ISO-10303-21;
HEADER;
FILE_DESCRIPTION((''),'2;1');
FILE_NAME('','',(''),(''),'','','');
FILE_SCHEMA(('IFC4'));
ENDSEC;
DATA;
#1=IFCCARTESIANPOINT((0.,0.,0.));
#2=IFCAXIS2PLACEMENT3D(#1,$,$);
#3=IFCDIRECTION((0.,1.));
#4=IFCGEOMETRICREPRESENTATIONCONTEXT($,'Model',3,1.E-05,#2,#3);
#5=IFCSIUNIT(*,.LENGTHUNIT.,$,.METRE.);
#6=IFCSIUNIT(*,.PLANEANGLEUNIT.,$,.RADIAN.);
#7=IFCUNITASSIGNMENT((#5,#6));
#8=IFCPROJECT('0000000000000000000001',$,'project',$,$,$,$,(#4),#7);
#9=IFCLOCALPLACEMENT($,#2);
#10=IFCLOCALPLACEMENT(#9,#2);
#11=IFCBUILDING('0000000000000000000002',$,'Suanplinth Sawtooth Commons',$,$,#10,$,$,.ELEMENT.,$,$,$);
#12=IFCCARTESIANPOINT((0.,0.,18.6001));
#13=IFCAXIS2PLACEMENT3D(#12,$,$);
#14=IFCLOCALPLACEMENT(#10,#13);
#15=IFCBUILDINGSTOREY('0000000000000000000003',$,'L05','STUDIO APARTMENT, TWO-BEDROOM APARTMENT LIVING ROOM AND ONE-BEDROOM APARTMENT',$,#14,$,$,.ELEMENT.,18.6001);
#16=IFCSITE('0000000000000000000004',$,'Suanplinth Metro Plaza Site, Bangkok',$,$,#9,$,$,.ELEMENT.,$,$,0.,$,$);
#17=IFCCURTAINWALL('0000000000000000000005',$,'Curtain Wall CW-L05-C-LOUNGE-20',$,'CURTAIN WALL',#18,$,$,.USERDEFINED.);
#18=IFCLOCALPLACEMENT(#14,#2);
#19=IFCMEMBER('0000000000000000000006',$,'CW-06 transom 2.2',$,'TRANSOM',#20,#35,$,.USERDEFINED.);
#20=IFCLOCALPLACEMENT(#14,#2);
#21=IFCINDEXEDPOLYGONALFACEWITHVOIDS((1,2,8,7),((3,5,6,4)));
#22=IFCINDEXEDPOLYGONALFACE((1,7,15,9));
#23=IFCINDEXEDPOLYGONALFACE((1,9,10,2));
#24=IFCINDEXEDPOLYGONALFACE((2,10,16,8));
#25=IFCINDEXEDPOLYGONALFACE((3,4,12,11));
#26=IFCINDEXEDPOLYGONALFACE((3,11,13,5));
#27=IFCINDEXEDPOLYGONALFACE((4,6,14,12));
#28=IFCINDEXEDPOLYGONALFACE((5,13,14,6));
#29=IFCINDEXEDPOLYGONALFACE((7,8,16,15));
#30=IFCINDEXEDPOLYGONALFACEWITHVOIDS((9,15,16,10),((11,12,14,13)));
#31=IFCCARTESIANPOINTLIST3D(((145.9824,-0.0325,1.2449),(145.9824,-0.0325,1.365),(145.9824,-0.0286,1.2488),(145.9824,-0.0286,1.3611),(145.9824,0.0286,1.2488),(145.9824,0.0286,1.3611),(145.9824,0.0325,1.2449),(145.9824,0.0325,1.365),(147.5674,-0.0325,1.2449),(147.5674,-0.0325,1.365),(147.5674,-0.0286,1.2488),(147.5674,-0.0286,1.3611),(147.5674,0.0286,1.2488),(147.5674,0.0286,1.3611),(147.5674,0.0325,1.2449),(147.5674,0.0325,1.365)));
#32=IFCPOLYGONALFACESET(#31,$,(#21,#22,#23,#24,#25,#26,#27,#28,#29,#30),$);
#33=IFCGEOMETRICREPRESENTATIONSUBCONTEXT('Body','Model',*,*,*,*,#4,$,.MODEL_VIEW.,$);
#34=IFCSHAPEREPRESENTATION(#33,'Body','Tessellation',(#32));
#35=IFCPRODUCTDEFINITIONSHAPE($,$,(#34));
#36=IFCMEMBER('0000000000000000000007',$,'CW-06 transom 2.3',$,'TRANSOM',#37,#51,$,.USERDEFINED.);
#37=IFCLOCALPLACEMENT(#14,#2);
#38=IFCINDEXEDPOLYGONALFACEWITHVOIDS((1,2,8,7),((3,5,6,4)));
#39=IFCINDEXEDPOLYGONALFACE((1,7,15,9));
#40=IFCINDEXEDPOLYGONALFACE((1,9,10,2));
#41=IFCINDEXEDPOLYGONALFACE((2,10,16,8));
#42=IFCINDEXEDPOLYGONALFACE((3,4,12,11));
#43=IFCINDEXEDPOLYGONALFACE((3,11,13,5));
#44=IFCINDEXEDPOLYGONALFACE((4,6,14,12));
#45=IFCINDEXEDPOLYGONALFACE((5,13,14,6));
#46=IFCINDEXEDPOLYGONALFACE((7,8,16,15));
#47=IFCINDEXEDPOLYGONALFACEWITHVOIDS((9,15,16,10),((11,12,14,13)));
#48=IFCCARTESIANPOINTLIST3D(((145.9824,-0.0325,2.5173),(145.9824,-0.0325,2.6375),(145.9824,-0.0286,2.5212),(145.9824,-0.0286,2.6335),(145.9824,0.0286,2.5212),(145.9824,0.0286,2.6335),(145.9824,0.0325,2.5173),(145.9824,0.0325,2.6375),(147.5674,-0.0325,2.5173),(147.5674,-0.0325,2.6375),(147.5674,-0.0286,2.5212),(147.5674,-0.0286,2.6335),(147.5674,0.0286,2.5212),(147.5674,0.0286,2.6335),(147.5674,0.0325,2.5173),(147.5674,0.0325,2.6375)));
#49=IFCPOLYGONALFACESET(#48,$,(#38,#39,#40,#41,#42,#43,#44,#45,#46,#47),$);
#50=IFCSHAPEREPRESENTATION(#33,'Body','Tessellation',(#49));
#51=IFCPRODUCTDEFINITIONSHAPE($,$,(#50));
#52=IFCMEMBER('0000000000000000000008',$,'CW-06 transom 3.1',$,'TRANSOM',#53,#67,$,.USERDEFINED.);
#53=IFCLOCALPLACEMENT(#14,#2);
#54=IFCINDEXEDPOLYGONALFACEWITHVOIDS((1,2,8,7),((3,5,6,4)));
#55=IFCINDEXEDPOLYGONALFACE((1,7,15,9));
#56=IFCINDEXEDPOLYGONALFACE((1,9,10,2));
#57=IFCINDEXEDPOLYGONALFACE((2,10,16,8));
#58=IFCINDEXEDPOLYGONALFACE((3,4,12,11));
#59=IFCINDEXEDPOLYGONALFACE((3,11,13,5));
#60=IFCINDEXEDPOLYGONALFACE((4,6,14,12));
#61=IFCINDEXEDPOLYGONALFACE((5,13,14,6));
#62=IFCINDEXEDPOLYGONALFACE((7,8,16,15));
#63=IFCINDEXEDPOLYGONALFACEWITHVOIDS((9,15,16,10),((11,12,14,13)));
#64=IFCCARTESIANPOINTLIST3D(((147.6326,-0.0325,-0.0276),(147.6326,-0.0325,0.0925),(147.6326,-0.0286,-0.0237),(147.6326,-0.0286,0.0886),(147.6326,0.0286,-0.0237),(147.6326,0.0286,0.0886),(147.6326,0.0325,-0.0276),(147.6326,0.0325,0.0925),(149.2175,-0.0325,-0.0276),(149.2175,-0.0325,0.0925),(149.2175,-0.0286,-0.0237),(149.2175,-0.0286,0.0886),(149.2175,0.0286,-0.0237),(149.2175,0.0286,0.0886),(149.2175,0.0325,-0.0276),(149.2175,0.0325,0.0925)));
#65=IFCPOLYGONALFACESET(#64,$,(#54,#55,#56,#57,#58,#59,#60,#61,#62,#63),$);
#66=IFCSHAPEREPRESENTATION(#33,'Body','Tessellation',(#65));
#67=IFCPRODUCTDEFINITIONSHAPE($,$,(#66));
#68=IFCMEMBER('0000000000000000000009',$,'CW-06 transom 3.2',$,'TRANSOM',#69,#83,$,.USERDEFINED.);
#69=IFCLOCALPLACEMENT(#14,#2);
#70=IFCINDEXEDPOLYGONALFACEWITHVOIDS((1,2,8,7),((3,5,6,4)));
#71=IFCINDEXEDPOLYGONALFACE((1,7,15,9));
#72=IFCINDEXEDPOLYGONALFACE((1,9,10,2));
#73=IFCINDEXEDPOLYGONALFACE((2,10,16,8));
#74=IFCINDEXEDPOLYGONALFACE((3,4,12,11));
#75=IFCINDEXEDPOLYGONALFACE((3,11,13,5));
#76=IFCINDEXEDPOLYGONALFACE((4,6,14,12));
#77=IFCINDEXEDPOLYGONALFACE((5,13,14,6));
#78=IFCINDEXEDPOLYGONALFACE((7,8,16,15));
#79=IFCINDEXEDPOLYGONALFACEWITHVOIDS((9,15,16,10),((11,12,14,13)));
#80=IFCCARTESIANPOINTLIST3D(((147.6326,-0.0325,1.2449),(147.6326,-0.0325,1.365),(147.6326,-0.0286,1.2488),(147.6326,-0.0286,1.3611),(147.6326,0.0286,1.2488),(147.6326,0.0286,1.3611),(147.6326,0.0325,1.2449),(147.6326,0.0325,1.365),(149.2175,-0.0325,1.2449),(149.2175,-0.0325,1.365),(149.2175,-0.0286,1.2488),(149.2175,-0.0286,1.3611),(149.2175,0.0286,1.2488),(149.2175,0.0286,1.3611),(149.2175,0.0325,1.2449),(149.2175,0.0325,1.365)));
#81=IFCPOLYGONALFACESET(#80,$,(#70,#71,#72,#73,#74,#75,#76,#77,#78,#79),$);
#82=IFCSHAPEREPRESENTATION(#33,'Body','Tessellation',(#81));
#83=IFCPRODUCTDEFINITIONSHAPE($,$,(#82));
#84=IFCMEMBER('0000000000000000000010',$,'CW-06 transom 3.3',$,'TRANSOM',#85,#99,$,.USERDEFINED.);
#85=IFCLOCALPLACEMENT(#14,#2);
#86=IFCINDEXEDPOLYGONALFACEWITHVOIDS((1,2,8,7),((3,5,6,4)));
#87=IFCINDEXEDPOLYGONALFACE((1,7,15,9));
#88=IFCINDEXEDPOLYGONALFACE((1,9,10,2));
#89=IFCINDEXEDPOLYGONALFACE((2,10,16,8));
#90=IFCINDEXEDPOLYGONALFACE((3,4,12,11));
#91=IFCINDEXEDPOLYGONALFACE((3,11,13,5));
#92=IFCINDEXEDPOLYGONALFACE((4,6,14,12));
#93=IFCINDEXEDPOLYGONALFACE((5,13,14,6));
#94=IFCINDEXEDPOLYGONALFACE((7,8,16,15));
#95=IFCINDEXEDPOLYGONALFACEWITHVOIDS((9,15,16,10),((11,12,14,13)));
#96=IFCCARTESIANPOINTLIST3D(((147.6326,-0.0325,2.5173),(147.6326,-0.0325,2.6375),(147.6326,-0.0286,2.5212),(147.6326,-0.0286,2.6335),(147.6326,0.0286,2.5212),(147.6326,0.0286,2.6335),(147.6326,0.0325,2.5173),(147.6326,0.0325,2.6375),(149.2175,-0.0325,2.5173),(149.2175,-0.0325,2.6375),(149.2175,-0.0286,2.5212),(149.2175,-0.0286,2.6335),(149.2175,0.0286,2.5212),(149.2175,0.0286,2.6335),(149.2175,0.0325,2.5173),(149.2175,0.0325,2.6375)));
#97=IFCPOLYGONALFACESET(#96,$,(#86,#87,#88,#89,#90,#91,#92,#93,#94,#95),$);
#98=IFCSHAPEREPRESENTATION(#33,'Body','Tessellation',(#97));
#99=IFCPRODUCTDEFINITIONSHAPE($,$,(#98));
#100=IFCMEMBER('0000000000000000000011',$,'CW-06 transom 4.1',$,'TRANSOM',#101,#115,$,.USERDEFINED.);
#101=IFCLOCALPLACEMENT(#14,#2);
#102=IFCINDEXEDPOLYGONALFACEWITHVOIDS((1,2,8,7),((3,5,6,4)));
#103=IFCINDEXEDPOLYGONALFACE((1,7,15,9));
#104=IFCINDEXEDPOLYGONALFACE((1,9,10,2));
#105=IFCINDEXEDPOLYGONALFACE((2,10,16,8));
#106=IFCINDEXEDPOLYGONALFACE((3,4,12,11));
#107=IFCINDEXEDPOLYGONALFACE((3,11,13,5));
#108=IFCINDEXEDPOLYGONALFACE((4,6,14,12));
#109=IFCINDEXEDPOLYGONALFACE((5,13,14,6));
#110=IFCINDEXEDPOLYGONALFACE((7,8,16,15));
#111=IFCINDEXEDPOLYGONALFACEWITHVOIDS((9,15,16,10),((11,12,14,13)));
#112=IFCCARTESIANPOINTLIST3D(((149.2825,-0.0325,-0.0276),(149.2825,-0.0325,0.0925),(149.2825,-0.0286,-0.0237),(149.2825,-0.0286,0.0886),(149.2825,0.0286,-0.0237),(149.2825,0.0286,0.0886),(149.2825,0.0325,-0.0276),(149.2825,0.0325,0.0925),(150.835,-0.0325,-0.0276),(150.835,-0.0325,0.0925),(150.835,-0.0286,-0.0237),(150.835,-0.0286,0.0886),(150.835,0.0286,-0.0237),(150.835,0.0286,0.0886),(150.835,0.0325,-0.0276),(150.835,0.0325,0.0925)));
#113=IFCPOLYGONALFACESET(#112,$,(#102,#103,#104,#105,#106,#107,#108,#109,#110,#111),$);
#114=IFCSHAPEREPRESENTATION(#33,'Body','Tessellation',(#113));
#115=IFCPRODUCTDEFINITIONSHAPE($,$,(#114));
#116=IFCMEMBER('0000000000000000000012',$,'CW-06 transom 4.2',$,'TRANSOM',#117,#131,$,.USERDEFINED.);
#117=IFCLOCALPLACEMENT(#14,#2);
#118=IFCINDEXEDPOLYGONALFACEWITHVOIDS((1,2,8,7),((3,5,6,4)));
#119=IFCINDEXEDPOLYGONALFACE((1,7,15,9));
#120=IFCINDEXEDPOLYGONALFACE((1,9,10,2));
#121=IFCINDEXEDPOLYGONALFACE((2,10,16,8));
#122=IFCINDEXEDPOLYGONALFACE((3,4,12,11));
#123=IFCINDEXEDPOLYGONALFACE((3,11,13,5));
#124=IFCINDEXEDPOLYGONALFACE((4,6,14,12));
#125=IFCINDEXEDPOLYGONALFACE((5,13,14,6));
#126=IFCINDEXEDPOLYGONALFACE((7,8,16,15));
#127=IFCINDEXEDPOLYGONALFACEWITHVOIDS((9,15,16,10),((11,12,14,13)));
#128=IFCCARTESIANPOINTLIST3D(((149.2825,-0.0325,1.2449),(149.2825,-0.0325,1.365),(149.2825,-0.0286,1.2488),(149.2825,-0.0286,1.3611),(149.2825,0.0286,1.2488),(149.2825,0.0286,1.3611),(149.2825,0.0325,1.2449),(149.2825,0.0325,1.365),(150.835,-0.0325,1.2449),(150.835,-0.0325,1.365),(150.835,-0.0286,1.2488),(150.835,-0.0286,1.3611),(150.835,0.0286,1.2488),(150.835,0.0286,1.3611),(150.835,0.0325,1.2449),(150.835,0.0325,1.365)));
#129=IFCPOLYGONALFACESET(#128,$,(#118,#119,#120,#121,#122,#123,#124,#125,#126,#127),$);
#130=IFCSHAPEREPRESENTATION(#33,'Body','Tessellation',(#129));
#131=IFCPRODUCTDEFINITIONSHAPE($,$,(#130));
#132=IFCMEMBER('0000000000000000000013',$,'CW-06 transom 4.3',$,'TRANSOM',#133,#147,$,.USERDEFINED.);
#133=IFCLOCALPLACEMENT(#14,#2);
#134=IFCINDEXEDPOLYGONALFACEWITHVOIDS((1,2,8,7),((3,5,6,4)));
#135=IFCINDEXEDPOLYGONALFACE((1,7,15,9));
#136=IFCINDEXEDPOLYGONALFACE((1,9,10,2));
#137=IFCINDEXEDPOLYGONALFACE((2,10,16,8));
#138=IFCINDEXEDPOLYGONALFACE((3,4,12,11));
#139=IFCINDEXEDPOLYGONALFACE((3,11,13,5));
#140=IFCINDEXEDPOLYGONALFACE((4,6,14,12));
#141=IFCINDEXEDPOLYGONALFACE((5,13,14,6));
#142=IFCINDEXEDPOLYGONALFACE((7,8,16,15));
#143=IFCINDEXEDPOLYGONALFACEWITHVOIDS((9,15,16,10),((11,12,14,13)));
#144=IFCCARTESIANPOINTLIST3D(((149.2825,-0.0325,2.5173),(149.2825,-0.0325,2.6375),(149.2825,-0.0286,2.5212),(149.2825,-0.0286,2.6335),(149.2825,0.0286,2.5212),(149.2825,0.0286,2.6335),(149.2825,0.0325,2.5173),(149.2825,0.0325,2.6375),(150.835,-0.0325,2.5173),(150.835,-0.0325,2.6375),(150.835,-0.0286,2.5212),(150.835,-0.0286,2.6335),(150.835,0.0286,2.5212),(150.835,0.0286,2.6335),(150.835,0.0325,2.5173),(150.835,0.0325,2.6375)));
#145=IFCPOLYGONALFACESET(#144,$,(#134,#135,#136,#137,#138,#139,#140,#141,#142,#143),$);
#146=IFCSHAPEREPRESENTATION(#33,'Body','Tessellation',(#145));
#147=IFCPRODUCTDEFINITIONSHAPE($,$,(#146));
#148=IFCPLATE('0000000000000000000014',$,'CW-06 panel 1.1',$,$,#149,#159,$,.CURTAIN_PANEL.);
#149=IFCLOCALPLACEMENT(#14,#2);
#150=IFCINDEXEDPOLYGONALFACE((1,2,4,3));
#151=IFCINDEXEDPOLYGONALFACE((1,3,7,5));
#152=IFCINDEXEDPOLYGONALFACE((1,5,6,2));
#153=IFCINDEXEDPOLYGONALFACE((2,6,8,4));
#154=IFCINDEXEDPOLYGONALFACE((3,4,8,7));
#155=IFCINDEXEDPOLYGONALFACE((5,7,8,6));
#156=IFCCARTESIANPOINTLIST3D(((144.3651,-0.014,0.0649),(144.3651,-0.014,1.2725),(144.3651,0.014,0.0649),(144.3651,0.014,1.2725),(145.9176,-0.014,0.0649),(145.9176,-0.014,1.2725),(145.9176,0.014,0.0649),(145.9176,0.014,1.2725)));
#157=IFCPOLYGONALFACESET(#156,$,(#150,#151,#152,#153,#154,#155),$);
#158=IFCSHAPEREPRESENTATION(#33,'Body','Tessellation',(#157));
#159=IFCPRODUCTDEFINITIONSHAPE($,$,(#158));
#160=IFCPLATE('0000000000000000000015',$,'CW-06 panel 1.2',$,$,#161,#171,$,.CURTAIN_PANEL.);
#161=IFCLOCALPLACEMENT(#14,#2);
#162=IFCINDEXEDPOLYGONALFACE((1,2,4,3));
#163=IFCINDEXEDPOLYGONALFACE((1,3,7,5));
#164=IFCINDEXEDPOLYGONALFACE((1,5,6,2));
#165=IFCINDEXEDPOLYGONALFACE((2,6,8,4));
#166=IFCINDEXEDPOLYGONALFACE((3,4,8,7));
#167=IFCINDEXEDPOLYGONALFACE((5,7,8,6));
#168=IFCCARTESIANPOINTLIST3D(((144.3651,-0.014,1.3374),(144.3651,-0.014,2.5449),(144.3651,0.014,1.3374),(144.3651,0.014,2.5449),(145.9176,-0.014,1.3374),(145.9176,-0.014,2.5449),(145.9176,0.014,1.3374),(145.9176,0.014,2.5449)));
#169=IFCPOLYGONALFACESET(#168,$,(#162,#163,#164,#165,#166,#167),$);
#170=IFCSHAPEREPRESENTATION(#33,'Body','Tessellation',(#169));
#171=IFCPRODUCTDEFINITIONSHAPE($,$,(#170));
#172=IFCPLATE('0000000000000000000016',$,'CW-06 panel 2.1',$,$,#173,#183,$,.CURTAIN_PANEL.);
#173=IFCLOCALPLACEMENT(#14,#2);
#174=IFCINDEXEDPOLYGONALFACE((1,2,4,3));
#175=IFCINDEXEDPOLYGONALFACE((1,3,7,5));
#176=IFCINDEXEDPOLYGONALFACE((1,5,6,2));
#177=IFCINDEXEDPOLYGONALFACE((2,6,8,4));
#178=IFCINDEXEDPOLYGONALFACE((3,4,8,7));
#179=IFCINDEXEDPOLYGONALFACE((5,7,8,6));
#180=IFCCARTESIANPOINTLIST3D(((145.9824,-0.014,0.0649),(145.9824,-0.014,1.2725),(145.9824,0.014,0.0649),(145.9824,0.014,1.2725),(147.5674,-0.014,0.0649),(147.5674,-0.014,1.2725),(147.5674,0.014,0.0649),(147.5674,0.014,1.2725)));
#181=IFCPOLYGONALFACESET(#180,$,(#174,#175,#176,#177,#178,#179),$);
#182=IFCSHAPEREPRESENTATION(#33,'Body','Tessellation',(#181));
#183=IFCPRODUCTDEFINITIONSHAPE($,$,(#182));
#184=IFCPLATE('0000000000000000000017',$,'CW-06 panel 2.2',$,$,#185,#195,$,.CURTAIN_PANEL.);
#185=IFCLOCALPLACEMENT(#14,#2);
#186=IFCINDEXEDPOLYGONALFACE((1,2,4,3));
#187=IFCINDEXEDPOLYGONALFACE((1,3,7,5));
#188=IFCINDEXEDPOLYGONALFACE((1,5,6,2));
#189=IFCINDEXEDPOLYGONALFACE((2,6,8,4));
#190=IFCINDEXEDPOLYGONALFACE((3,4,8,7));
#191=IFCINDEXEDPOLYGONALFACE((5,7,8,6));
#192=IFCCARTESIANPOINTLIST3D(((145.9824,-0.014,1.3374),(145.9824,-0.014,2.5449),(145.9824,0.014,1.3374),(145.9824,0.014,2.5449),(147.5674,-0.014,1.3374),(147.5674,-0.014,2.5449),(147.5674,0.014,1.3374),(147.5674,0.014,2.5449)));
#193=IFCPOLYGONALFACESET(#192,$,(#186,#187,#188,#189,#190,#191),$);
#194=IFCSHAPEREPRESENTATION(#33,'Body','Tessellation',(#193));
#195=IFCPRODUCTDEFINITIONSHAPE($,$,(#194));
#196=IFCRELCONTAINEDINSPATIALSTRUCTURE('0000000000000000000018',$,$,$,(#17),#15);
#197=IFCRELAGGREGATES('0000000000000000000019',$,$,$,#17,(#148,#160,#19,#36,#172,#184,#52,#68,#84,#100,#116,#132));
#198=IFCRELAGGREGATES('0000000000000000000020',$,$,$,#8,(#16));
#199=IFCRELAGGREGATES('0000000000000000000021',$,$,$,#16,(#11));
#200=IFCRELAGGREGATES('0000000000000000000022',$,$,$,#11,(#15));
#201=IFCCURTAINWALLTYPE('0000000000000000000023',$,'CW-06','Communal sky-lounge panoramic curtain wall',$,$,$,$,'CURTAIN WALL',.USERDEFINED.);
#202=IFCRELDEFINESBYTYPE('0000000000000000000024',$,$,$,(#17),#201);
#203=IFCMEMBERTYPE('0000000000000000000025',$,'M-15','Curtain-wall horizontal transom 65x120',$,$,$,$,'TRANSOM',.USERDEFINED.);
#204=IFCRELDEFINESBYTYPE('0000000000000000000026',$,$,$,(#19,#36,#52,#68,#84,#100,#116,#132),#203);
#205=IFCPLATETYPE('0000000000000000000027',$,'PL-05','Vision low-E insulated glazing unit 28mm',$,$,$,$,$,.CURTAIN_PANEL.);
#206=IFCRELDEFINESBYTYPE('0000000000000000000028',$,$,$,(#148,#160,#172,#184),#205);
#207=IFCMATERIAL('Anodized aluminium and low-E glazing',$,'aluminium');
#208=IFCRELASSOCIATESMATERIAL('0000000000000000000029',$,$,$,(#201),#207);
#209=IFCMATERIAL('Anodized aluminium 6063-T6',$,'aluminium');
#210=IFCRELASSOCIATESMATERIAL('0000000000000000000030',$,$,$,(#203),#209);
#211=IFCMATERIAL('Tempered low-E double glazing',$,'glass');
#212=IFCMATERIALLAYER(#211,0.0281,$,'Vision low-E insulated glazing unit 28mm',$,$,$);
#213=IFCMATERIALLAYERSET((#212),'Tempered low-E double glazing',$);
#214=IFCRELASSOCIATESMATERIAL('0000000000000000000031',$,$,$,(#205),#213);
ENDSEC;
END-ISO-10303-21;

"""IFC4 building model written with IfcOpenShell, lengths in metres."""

from ifc_helpers import new_model, si_unit, direction, frame, origin, origin_2d, place, context, subcontext, project, spatial, rectangle, hollow_rectangle, extrude, material, layer, layer_set, material_profile, profile_set, type_object, element, aggregate, save


model = new_model("IFC4")

# Units and contexts
model_context = context("Model", 3, precision=1e-05, world=origin(), true_north=direction((0.0, 1.0)))
body_context = subcontext(model_context, "Body", "Model", "MODEL_VIEW")
ifc_project = project(units=[si_unit("LENGTHUNIT", "METRE"), si_unit("PLANEANGLEUNIT", "RADIAN")], contexts=[model_context])

# Site, building, storey
site_placement = place(None, origin())
site = spatial("IfcSite", under=ifc_project, at=site_placement, Name="Suanplinth Metro Plaza Site, Bangkok", CompositionType="ELEMENT", RefElevation=0.0)
building_placement = place(site_placement, origin())
building = spatial("IfcBuilding", under=site, at=building_placement, Name="Suanplinth Sawtooth Commons", CompositionType="ELEMENT")
storey_placement = place(building_placement, frame((0.0, 0.0, 18.6001)))
storey = spatial("IfcBuildingStorey", under=building, at=storey_placement, Name="L05", Description="STUDIO APARTMENT, TWO-BEDROOM APARTMENT LIVING ROOM AND ONE-BEDROOM APARTMENT", CompositionType="ELEMENT", Elevation=18.6001)

# Curtain wall, members, plates
ifc_material_1 = material(Name="Anodized aluminium and low-E glazing", Category="aluminium")
curtain_wall_type = type_object("IfcCurtainWallType", Name="CW-06", Description="Communal sky-lounge panoramic curtain wall", ElementType="CURTAIN WALL", PredefinedType="USERDEFINED", material=ifc_material_1)
curtain_wall_placement = place(storey_placement, origin())
curtain_wall = element("IfcCurtainWall", 1, at=curtain_wall_placement, inside=storey, type_object=curtain_wall_type, Name="Curtain Wall CW-L05-C-LOUNGE-20", ObjectType="CURTAIN WALL", PredefinedType="USERDEFINED")
ifc_material_2 = material(Name="Anodized aluminium 6063-T6", Category="aluminium")
ifc_material_profile_1 = material_profile(ifc_material_2, hollow_rectangle(XDim=0.0649, YDim=0.1201, WallThickness=0.0039, at=origin_2d()), Name="ALU-TRN 65x120")
ifc_profile_set_1 = profile_set([ifc_material_profile_1], Name="Anodized aluminium 6063-T6")
member_type_1 = type_object("IfcMemberType", Name="M-15", Description="Curtain-wall horizontal transom 65x120", ElementType="TRANSOM", PredefinedType="USERDEFINED", material=ifc_profile_set_1)
member_1_placement = place(storey_placement, frame((145.9824, 0.0, 1.3049), z_axis=(1.0, 0.0, 0.0), x_axis=(0.0, 1.0, 0.0)))
member_1 = element("IfcMember", 2, at=member_1_placement, type_object=member_type_1, Name="CW-06 transom 2.2", ObjectType="TRANSOM", PredefinedType="USERDEFINED", context=body_context, shape_type="SweptSolid", body=[
    extrude(hollow_rectangle(XDim=0.0649, YDim=0.1201, WallThickness=0.0039, at=origin_2d()), origin(), (0.0, 0.0, 1.0), 1.585),
])
member_2_placement = place(storey_placement, frame((145.9824, 0.0, 2.5774), z_axis=(1.0, 0.0, 0.0), x_axis=(0.0, 1.0, 0.0)))
member_2 = element("IfcMember", 3, at=member_2_placement, type_object=member_type_1, Name="CW-06 transom 2.3", ObjectType="TRANSOM", PredefinedType="USERDEFINED", context=body_context, shape_type="SweptSolid", body=[
    extrude(hollow_rectangle(XDim=0.0649, YDim=0.1201, WallThickness=0.0039, at=origin_2d()), origin(), (0.0, 0.0, 1.0), 1.585),
])
member_3_placement = place(storey_placement, frame((147.6326, 0.0, 0.0325), z_axis=(1.0, 0.0, 0.0), x_axis=(0.0, 1.0, 0.0)))
member_3 = element("IfcMember", 4, at=member_3_placement, type_object=member_type_1, Name="CW-06 transom 3.1", ObjectType="TRANSOM", PredefinedType="USERDEFINED", context=body_context, shape_type="SweptSolid", body=[
    extrude(hollow_rectangle(XDim=0.0649, YDim=0.1201, WallThickness=0.0039, at=origin_2d()), origin(), (0.0, 0.0, 1.0), 1.585),
])
member_4_placement = place(storey_placement, frame((147.6326, 0.0, 1.3049), z_axis=(1.0, 0.0, 0.0), x_axis=(0.0, 1.0, 0.0)))
member_4 = element("IfcMember", 5, at=member_4_placement, type_object=member_type_1, Name="CW-06 transom 3.2", ObjectType="TRANSOM", PredefinedType="USERDEFINED", context=body_context, shape_type="SweptSolid", body=[
    extrude(hollow_rectangle(XDim=0.0649, YDim=0.1201, WallThickness=0.0039, at=origin_2d()), origin(), (0.0, 0.0, 1.0), 1.585),
])
member_5_placement = place(storey_placement, frame((147.6326, 0.0, 2.5774), z_axis=(1.0, 0.0, 0.0), x_axis=(0.0, 1.0, 0.0)))
member_5 = element("IfcMember", 6, at=member_5_placement, type_object=member_type_1, Name="CW-06 transom 3.3", ObjectType="TRANSOM", PredefinedType="USERDEFINED", context=body_context, shape_type="SweptSolid", body=[
    extrude(hollow_rectangle(XDim=0.0649, YDim=0.1201, WallThickness=0.0039, at=origin_2d()), origin(), (0.0, 0.0, 1.0), 1.585),
])
member_6_placement = place(storey_placement, frame((149.2825, 0.0, 0.0325), z_axis=(1.0, 0.0, 0.0), x_axis=(0.0, 1.0, 0.0)))
member_6 = element("IfcMember", 7, at=member_6_placement, type_object=member_type_1, Name="CW-06 transom 4.1", ObjectType="TRANSOM", PredefinedType="USERDEFINED", context=body_context, shape_type="SweptSolid", body=[
    extrude(hollow_rectangle(XDim=0.0649, YDim=0.1201, WallThickness=0.0039, at=origin_2d()), origin(), (0.0, 0.0, 1.0), 1.5525),
])
member_7_placement = place(storey_placement, frame((149.2825, 0.0, 1.3049), z_axis=(1.0, 0.0, 0.0), x_axis=(0.0, 1.0, 0.0)))
member_7 = element("IfcMember", 8, at=member_7_placement, type_object=member_type_1, Name="CW-06 transom 4.2", ObjectType="TRANSOM", PredefinedType="USERDEFINED", context=body_context, shape_type="SweptSolid", body=[
    extrude(hollow_rectangle(XDim=0.0649, YDim=0.1201, WallThickness=0.0039, at=origin_2d()), origin(), (0.0, 0.0, 1.0), 1.5525),
])
member_8_placement = place(storey_placement, frame((149.2825, 0.0, 2.5774), z_axis=(1.0, 0.0, 0.0), x_axis=(0.0, 1.0, 0.0)))
member_8 = element("IfcMember", 9, at=member_8_placement, type_object=member_type_1, Name="CW-06 transom 4.3", ObjectType="TRANSOM", PredefinedType="USERDEFINED", context=body_context, shape_type="SweptSolid", body=[
    extrude(hollow_rectangle(XDim=0.0649, YDim=0.1201, WallThickness=0.0039, at=origin_2d()), origin(), (0.0, 0.0, 1.0), 1.5525),
])
ifc_material_3 = material(Name="Tempered low-E double glazing", Category="glass")
ifc_layer = layer(ifc_material_3, 0.0281, Name="Vision low-E insulated glazing unit 28mm")
ifc_layer_set = layer_set([ifc_layer], Name="Tempered low-E double glazing")
plate_type = type_object("IfcPlateType", Name="PL-05", Description="Vision low-E insulated glazing unit 28mm", PredefinedType="CURTAIN_PANEL", material=ifc_layer_set)
plate_1_placement = place(storey_placement, frame((145.1414, 0.0, 0.0649), z_axis=(0.0, 0.0, 1.0), x_axis=(1.0, 0.0, 0.0)))
plate_1 = element("IfcPlate", 10, at=plate_1_placement, type_object=plate_type, Name="CW-06 panel 1.1", PredefinedType="CURTAIN_PANEL", context=body_context, shape_type="SweptSolid", body=[
    extrude(rectangle(XDim=1.5525, YDim=0.0281, at=origin_2d()), origin(), (0.0, 0.0, 1.0), 1.2075),
])
plate_2_placement = place(storey_placement, frame((145.1414, 0.0, 1.3374), z_axis=(0.0, 0.0, 1.0), x_axis=(1.0, 0.0, 0.0)))
plate_2 = element("IfcPlate", 11, at=plate_2_placement, type_object=plate_type, Name="CW-06 panel 1.2", PredefinedType="CURTAIN_PANEL", context=body_context, shape_type="SweptSolid", body=[
    extrude(rectangle(XDim=1.5525, YDim=0.0281, at=origin_2d()), origin(), (0.0, 0.0, 1.0), 1.2075),
])
plate_3_placement = place(storey_placement, frame((146.7749, 0.0, 0.0649), z_axis=(0.0, 0.0, 1.0), x_axis=(1.0, 0.0, 0.0)))
plate_3 = element("IfcPlate", 12, at=plate_3_placement, type_object=plate_type, Name="CW-06 panel 2.1", PredefinedType="CURTAIN_PANEL", context=body_context, shape_type="SweptSolid", body=[
    extrude(rectangle(XDim=1.585, YDim=0.0281, at=origin_2d()), origin(), (0.0, 0.0, 1.0), 1.2075),
])
plate_4_placement = place(storey_placement, frame((146.7749, 0.0, 1.3374), z_axis=(0.0, 0.0, 1.0), x_axis=(1.0, 0.0, 0.0)))
plate_4 = element("IfcPlate", 13, at=plate_4_placement, type_object=plate_type, Name="CW-06 panel 2.2", PredefinedType="CURTAIN_PANEL", context=body_context, shape_type="SweptSolid", body=[
    extrude(rectangle(XDim=1.585, YDim=0.0281, at=origin_2d()), origin(), (0.0, 0.0, 1.0), 1.2075),
])
aggregate(curtain_wall, [plate_1, plate_2, member_1, member_2, plate_3, plate_4, member_3, member_4, member_5, member_6, member_7, member_8])

save(model, "model.ifc")
